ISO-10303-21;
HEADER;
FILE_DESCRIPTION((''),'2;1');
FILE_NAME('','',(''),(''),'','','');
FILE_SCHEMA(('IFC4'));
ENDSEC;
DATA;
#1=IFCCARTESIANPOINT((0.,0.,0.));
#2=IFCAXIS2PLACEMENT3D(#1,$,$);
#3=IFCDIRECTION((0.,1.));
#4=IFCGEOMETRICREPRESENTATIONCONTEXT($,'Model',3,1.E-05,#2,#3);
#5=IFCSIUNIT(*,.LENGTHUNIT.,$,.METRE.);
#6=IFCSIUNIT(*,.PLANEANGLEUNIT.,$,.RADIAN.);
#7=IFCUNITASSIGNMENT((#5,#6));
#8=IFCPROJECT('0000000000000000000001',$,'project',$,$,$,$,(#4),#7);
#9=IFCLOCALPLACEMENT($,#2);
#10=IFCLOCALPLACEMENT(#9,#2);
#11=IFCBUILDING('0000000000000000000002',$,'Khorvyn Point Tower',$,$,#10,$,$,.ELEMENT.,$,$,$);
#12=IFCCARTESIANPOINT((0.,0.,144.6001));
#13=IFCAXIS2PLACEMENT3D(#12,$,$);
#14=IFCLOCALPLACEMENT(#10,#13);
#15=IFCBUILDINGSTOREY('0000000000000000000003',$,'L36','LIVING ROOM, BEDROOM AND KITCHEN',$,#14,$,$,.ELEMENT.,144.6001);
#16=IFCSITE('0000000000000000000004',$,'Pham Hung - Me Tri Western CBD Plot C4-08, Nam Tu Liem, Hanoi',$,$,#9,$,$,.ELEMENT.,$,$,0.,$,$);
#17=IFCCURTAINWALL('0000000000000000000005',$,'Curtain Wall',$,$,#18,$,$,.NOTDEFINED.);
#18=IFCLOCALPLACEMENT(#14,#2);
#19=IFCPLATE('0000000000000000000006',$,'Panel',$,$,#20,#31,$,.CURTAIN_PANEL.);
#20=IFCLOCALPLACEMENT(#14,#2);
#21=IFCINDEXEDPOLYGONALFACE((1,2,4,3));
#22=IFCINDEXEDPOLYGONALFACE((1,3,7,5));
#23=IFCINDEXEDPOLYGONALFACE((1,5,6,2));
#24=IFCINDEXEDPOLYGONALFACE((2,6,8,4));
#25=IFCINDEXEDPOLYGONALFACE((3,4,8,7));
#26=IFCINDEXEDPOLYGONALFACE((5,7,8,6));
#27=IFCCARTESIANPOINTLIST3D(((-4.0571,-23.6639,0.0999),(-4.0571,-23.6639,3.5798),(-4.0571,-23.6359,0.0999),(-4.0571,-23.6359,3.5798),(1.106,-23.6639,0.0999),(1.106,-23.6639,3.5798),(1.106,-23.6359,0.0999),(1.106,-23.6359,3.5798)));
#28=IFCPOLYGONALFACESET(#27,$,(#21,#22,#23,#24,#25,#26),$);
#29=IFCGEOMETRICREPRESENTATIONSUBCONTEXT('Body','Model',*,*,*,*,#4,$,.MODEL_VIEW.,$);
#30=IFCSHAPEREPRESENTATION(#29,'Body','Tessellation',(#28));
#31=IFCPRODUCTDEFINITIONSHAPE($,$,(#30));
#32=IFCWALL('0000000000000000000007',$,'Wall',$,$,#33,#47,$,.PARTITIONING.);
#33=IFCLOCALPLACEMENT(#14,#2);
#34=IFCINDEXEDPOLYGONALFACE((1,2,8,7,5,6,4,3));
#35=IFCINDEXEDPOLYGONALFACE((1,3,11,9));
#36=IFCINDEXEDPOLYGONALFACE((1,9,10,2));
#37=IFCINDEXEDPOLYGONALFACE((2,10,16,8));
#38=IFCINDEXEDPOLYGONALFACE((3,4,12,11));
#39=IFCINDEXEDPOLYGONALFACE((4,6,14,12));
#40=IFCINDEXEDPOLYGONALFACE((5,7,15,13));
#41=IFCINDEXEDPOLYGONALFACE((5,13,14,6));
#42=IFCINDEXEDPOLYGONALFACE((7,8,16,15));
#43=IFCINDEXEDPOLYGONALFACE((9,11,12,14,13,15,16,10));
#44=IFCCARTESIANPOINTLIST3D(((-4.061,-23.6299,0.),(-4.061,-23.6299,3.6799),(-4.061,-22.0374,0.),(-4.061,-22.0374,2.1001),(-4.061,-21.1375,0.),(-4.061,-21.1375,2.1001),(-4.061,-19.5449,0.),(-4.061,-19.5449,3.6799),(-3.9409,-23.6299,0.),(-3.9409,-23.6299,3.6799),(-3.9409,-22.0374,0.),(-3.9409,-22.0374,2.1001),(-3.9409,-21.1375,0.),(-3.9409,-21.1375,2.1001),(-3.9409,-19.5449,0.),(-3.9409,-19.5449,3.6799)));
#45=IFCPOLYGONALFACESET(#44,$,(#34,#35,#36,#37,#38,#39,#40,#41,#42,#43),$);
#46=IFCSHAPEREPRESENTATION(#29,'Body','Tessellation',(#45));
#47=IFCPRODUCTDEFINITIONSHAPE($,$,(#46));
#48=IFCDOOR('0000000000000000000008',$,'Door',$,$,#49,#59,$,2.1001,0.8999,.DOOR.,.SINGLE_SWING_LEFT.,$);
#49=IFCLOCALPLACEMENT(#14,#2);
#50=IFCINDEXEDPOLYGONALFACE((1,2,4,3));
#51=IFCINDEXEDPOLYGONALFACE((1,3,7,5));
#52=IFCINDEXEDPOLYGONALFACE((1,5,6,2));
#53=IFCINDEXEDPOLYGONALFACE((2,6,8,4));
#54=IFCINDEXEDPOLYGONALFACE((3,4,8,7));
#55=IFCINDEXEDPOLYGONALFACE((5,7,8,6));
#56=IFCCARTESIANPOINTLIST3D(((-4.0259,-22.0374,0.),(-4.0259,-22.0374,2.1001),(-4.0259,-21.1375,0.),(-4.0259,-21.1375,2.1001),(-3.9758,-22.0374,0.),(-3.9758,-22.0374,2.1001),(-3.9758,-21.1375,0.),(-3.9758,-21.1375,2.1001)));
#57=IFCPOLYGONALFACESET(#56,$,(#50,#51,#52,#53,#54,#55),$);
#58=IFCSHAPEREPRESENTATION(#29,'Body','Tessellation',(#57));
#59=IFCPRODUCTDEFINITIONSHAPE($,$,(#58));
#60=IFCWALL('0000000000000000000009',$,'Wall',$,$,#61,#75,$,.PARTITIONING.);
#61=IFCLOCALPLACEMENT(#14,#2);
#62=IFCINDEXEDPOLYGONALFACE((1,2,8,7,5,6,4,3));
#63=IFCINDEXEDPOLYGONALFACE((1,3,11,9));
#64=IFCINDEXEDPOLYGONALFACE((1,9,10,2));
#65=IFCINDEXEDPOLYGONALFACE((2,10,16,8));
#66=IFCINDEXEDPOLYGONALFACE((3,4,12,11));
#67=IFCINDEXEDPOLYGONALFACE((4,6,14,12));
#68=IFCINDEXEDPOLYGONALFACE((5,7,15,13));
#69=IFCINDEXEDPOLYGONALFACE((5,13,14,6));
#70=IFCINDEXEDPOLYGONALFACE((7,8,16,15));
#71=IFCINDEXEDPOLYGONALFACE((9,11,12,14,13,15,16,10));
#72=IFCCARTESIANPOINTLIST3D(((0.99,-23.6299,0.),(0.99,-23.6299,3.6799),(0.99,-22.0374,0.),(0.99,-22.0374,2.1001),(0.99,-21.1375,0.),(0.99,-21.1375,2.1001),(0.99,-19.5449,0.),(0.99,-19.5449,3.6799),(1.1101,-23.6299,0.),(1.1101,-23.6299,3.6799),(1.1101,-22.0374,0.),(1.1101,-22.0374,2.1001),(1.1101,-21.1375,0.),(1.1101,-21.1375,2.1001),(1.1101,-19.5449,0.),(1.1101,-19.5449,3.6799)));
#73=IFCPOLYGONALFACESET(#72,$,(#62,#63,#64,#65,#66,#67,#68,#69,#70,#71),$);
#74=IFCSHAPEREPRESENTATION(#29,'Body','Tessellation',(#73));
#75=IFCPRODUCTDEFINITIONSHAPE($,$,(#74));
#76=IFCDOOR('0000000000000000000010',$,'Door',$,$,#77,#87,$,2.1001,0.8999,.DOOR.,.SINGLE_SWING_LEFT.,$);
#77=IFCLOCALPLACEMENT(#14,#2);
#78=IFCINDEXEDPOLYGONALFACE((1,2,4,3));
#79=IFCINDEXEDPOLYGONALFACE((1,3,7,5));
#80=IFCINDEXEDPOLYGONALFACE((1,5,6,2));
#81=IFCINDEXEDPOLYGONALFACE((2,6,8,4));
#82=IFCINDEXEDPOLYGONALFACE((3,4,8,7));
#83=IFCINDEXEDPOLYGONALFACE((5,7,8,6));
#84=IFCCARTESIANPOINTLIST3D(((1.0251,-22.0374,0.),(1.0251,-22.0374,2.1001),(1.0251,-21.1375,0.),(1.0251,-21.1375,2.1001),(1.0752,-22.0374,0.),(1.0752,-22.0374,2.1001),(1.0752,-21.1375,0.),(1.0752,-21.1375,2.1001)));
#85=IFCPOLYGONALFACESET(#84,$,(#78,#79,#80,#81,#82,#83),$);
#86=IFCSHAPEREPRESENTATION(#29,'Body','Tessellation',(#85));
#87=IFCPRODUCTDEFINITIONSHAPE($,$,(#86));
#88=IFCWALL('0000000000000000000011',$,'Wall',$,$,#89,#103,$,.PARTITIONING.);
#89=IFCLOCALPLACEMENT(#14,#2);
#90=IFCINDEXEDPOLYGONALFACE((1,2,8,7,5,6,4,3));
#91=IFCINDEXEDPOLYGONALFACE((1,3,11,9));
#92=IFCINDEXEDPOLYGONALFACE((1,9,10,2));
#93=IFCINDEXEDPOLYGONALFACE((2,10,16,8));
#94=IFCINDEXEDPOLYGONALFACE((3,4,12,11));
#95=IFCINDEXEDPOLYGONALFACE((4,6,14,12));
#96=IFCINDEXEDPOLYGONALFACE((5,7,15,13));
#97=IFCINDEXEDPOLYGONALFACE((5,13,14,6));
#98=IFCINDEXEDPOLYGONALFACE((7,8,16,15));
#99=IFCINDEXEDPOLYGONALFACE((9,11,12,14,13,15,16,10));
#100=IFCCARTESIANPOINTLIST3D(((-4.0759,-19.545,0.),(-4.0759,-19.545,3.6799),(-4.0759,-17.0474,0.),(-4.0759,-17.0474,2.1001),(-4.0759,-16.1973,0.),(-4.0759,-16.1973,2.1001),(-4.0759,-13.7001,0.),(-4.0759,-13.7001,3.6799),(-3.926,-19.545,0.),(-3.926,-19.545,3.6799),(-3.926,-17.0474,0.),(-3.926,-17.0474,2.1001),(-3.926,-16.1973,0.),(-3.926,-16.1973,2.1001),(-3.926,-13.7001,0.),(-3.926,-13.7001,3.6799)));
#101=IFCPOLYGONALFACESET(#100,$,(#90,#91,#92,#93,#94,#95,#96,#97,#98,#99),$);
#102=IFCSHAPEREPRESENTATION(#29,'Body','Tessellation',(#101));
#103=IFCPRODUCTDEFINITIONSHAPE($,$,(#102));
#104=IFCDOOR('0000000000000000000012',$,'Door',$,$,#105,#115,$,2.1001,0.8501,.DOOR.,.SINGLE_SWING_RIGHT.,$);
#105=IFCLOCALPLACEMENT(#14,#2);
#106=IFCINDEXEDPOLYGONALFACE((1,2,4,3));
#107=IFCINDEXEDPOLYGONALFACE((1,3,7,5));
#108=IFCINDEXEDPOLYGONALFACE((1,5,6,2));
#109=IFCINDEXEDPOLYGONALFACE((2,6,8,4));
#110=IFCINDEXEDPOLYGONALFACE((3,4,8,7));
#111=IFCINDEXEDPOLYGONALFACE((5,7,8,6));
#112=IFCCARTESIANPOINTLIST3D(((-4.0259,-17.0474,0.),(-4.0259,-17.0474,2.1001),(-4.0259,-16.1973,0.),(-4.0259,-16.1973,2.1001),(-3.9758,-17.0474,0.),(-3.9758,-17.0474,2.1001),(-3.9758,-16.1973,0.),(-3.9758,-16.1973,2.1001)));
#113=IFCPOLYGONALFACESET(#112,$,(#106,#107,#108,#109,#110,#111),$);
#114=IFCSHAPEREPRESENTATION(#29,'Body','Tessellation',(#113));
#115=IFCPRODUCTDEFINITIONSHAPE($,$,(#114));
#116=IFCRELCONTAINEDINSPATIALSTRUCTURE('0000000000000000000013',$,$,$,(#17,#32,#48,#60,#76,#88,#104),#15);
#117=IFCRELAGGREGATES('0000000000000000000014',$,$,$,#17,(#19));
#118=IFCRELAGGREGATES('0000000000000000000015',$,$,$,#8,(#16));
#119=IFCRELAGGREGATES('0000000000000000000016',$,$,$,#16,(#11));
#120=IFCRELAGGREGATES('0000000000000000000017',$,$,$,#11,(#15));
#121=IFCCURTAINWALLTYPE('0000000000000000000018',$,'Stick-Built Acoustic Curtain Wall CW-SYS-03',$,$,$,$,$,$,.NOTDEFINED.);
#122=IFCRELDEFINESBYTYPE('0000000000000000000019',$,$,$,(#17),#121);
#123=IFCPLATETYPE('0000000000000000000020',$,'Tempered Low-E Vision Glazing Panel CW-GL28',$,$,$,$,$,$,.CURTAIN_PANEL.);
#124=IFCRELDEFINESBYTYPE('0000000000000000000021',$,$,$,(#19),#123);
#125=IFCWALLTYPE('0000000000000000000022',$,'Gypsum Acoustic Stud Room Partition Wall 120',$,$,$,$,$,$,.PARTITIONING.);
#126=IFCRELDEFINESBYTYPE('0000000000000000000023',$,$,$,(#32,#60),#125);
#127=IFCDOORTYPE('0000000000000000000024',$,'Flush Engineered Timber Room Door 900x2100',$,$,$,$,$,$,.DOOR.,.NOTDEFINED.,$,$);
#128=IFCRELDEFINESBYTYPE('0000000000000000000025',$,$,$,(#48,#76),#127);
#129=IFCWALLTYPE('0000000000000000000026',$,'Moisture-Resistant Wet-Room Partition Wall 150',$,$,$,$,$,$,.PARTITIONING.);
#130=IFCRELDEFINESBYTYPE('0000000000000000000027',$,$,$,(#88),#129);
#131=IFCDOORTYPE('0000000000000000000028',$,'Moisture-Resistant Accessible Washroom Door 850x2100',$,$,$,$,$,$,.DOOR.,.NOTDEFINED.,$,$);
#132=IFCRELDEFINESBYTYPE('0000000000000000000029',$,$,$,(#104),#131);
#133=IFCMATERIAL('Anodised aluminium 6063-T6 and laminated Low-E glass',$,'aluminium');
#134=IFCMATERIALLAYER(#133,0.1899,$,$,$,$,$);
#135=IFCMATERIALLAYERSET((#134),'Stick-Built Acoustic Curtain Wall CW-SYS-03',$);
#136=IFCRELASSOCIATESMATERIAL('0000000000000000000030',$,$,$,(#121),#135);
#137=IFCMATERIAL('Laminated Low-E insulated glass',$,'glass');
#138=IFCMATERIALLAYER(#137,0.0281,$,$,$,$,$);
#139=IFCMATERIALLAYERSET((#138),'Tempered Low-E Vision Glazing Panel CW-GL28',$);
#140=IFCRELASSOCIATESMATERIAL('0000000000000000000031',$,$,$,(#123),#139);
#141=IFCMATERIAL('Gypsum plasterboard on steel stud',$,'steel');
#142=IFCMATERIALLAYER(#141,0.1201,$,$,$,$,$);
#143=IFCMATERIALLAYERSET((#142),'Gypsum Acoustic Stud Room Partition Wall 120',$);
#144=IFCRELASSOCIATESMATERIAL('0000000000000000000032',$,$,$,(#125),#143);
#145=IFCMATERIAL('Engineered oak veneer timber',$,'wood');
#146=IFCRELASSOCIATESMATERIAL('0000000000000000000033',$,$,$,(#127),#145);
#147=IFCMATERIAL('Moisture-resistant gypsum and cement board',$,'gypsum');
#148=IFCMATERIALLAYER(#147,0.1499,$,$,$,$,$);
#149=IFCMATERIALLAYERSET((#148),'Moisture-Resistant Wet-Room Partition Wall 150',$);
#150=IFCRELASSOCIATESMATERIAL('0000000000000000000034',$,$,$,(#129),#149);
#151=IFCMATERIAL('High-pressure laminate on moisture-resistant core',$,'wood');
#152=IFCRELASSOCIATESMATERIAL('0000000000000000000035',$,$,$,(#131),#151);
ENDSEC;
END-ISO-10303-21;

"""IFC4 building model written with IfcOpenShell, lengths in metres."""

from ifc_helpers import new_model, si_unit, direction, frame, frame_2d, origin, origin_2d, place, context, subcontext, project, spatial, rectangle, extrude, material, layer, layer_set, type_object, element, fill, aggregate, save


model = new_model("IFC4")

# Units and contexts
model_context = context("Model", 3, precision=1e-05, world=origin(), true_north=direction((0.0, 1.0)))
body_context = subcontext(model_context, "Body", "Model", "MODEL_VIEW")
ifc_project = project(units=[si_unit("LENGTHUNIT", "METRE"), si_unit("PLANEANGLEUNIT", "RADIAN")], contexts=[model_context])

# Site, building, storey
site_placement = place(None, origin())
site = spatial("IfcSite", under=ifc_project, at=site_placement, Name="Pham Hung - Me Tri Western CBD Plot C4-08, Nam Tu Liem, Hanoi", CompositionType="ELEMENT", RefElevation=0.0)
building_placement = place(site_placement, origin())
building = spatial("IfcBuilding", under=site, at=building_placement, Name="Khorvyn Point Tower", CompositionType="ELEMENT")
storey_placement = place(building_placement, frame((0.0, 0.0, 144.6001)))
storey = spatial("IfcBuildingStorey", under=building, at=storey_placement, Name="L36", Description="LIVING ROOM, BEDROOM AND KITCHEN", CompositionType="ELEMENT", Elevation=144.6001)

# Curtain wall, plate
ifc_material_1 = material(Name="Anodised aluminium 6063-T6 and laminated Low-E glass", Category="aluminium")
ifc_layer_1 = layer(ifc_material_1, 0.1899)
ifc_layer_set_1 = layer_set([ifc_layer_1], Name="Stick-Built Acoustic Curtain Wall CW-SYS-03")
curtain_wall_type = type_object("IfcCurtainWallType", Name="Stick-Built Acoustic Curtain Wall CW-SYS-03", PredefinedType="NOTDEFINED", material=ifc_layer_set_1)
curtain_wall_placement = place(storey_placement, origin())
curtain_wall = element("IfcCurtainWall", 1, at=curtain_wall_placement, inside=storey, type_object=curtain_wall_type, Name="Curtain Wall", PredefinedType="NOTDEFINED")
ifc_material_2 = material(Name="Laminated Low-E insulated glass", Category="glass")
ifc_layer_2 = layer(ifc_material_2, 0.0281)
ifc_layer_set_2 = layer_set([ifc_layer_2], Name="Tempered Low-E Vision Glazing Panel CW-GL28")
plate_type = type_object("IfcPlateType", Name="Tempered Low-E Vision Glazing Panel CW-GL28", PredefinedType="CURTAIN_PANEL", material=ifc_layer_set_2)
plate_1_placement = place(storey_placement, frame((-1.4756, -23.6499, 0.0999), z_axis=(0.0, 0.0, 1.0), x_axis=(-1.0, 0.0, 0.0)))
plate_1 = element("IfcPlate", 2, at=plate_1_placement, type_object=plate_type, Name="Panel", PredefinedType="CURTAIN_PANEL", context=body_context, shape_type="SweptSolid", body=[
    extrude(rectangle(XDim=5.1631, YDim=0.0281, at=origin_2d()), origin(), (0.0, 0.0, 1.0), 3.48),
])
aggregate(curtain_wall, [plate_1])

# Walls, openings, doors
ifc_material_3 = material(Name="Gypsum plasterboard on steel stud", Category="steel")
ifc_layer_3 = layer(ifc_material_3, 0.1201)
ifc_layer_set_3 = layer_set([ifc_layer_3], Name="Gypsum Acoustic Stud Room Partition Wall 120")
wall_type_1 = type_object("IfcWallType", Name="Gypsum Acoustic Stud Room Partition Wall 120", PredefinedType="PARTITIONING", material=ifc_layer_set_3)
wall_1_placement = place(storey_placement, frame((-4.001, -23.6299, 0.0), z_axis=(0.0, 0.0, 1.0), x_axis=(0.0, 1.0, 0.0)))
wall_1 = element("IfcWall", 3, at=wall_1_placement, inside=storey, type_object=wall_type_1, Name="Wall", PredefinedType="PARTITIONING", context=body_context, shape_type="SweptSolid", body=[
    extrude(rectangle(XDim=4.085, YDim=0.1201, at=frame_2d((2.0425, 0.0))), origin(), (0.0, 0.0, 1.0), 3.6799),
])
opening_1_placement = place(wall_1_placement, frame((1.5925, 0.0, 0.0)))
opening_1 = element("IfcOpeningElement", 4, at=opening_1_placement, cuts=wall_1, PredefinedType="OPENING", context=body_context, shape_type="SweptSolid", body=[
    extrude(rectangle(XDim=0.8999, YDim=2.1001, at=frame_2d((0.45, 1.05))), frame((0.0, 0.0701, 0.0), z_axis=(0.0, -1.0, 0.0), x_axis=(1.0, 0.0, 0.0)), (0.0, 0.0, 1.0), 0.1401),
])
ifc_material_4 = material(Name="Engineered oak veneer timber", Category="wood")
door_type_1 = type_object("IfcDoorType", Name="Flush Engineered Timber Room Door 900x2100", OperationType="NOTDEFINED", PredefinedType="DOOR", material=ifc_material_4)
door_1_placement = place(opening_1_placement, origin())
door_1 = element("IfcDoor", 5, at=door_1_placement, inside=storey, type_object=door_type_1, Name="Door", OperationType="SINGLE_SWING_LEFT", OverallHeight=2.1001, OverallWidth=0.8999, PredefinedType="DOOR", context=body_context, shape_type="SweptSolid", body=[
    extrude(rectangle(XDim=0.8999, YDim=2.1001, at=frame_2d((0.45, 1.05))), frame((0.0, 0.0249, 0.0), z_axis=(0.0, -1.0, 0.0), x_axis=(1.0, 0.0, 0.0)), (0.0, 0.0, 1.0), 0.05),
])
fill(opening_1, door_1)
wall_2_placement = place(storey_placement, frame((1.05, -23.6299, 0.0), z_axis=(0.0, 0.0, 1.0), x_axis=(0.0, 1.0, 0.0)))
wall_2 = element("IfcWall", 6, at=wall_2_placement, inside=storey, type_object=wall_type_1, Name="Wall", PredefinedType="PARTITIONING", context=body_context, shape_type="SweptSolid", body=[
    extrude(rectangle(XDim=4.085, YDim=0.1201, at=frame_2d((2.0425, 0.0))), origin(), (0.0, 0.0, 1.0), 3.6799),
])
opening_2_placement = place(wall_2_placement, frame((1.5925, 0.0, 0.0)))
opening_2 = element("IfcOpeningElement", 7, at=opening_2_placement, cuts=wall_2, PredefinedType="OPENING", context=body_context, shape_type="SweptSolid", body=[
    extrude(rectangle(XDim=0.8999, YDim=2.1001, at=frame_2d((0.45, 1.05))), frame((0.0, 0.0701, 0.0), z_axis=(0.0, -1.0, 0.0), x_axis=(1.0, 0.0, 0.0)), (0.0, 0.0, 1.0), 0.1401),
])
door_2_placement = place(opening_2_placement, origin())
door_2 = element("IfcDoor", 8, at=door_2_placement, inside=storey, type_object=door_type_1, Name="Door", OperationType="SINGLE_SWING_LEFT", OverallHeight=2.1001, OverallWidth=0.8999, PredefinedType="DOOR", context=body_context, shape_type="SweptSolid", body=[
    extrude(rectangle(XDim=0.8999, YDim=2.1001, at=frame_2d((0.45, 1.05))), frame((0.0, 0.0249, 0.0), z_axis=(0.0, -1.0, 0.0), x_axis=(1.0, 0.0, 0.0)), (0.0, 0.0, 1.0), 0.05),
])
fill(opening_2, door_2)
ifc_material_5 = material(Name="Moisture-resistant gypsum and cement board", Category="gypsum")
ifc_layer_4 = layer(ifc_material_5, 0.1499)
ifc_layer_set_4 = layer_set([ifc_layer_4], Name="Moisture-Resistant Wet-Room Partition Wall 150")
wall_type_2 = type_object("IfcWallType", Name="Moisture-Resistant Wet-Room Partition Wall 150", PredefinedType="PARTITIONING", material=ifc_layer_set_4)
wall_3_placement = place(storey_placement, frame((-4.001, -19.5449, 0.0), z_axis=(0.0, 0.0, 1.0), x_axis=(0.0, 1.0, 0.0)))
wall_3 = element("IfcWall", 9, at=wall_3_placement, inside=storey, type_object=wall_type_2, Name="Wall", PredefinedType="PARTITIONING", context=body_context, shape_type="SweptSolid", body=[
    extrude(rectangle(XDim=5.845, YDim=0.1499, at=frame_2d((2.9224, 0.0))), origin(), (0.0, 0.0, 1.0), 3.6799),
])
opening_3_placement = place(wall_3_placement, frame((2.4976, 0.0, 0.0)))
opening_3 = element("IfcOpeningElement", 10, at=opening_3_placement, cuts=wall_3, PredefinedType="OPENING", context=body_context, shape_type="SweptSolid", body=[
    extrude(rectangle(XDim=0.8501, YDim=2.1001, at=frame_2d((0.425, 1.05))), frame((0.0, 0.085, 0.0), z_axis=(0.0, -1.0, 0.0), x_axis=(1.0, 0.0, 0.0)), (0.0, 0.0, 1.0), 0.1699),
])
ifc_material_6 = material(Name="High-pressure laminate on moisture-resistant core", Category="wood")
door_type_2 = type_object("IfcDoorType", Name="Moisture-Resistant Accessible Washroom Door 850x2100", OperationType="NOTDEFINED", PredefinedType="DOOR", material=ifc_material_6)
door_3_placement = place(opening_3_placement, origin())
door_3 = element("IfcDoor", 11, at=door_3_placement, inside=storey, type_object=door_type_2, Name="Door", OperationType="SINGLE_SWING_RIGHT", OverallHeight=2.1001, OverallWidth=0.8501, PredefinedType="DOOR", context=body_context, shape_type="SweptSolid", body=[
    extrude(rectangle(XDim=0.8501, YDim=2.1001, at=frame_2d((0.425, 1.05))), frame((0.0, 0.0249, 0.0), z_axis=(0.0, -1.0, 0.0), x_axis=(1.0, 0.0, 0.0)), (0.0, 0.0, 1.0), 0.05),
])
fill(opening_3, door_3)

save(model, "model.ifc")
